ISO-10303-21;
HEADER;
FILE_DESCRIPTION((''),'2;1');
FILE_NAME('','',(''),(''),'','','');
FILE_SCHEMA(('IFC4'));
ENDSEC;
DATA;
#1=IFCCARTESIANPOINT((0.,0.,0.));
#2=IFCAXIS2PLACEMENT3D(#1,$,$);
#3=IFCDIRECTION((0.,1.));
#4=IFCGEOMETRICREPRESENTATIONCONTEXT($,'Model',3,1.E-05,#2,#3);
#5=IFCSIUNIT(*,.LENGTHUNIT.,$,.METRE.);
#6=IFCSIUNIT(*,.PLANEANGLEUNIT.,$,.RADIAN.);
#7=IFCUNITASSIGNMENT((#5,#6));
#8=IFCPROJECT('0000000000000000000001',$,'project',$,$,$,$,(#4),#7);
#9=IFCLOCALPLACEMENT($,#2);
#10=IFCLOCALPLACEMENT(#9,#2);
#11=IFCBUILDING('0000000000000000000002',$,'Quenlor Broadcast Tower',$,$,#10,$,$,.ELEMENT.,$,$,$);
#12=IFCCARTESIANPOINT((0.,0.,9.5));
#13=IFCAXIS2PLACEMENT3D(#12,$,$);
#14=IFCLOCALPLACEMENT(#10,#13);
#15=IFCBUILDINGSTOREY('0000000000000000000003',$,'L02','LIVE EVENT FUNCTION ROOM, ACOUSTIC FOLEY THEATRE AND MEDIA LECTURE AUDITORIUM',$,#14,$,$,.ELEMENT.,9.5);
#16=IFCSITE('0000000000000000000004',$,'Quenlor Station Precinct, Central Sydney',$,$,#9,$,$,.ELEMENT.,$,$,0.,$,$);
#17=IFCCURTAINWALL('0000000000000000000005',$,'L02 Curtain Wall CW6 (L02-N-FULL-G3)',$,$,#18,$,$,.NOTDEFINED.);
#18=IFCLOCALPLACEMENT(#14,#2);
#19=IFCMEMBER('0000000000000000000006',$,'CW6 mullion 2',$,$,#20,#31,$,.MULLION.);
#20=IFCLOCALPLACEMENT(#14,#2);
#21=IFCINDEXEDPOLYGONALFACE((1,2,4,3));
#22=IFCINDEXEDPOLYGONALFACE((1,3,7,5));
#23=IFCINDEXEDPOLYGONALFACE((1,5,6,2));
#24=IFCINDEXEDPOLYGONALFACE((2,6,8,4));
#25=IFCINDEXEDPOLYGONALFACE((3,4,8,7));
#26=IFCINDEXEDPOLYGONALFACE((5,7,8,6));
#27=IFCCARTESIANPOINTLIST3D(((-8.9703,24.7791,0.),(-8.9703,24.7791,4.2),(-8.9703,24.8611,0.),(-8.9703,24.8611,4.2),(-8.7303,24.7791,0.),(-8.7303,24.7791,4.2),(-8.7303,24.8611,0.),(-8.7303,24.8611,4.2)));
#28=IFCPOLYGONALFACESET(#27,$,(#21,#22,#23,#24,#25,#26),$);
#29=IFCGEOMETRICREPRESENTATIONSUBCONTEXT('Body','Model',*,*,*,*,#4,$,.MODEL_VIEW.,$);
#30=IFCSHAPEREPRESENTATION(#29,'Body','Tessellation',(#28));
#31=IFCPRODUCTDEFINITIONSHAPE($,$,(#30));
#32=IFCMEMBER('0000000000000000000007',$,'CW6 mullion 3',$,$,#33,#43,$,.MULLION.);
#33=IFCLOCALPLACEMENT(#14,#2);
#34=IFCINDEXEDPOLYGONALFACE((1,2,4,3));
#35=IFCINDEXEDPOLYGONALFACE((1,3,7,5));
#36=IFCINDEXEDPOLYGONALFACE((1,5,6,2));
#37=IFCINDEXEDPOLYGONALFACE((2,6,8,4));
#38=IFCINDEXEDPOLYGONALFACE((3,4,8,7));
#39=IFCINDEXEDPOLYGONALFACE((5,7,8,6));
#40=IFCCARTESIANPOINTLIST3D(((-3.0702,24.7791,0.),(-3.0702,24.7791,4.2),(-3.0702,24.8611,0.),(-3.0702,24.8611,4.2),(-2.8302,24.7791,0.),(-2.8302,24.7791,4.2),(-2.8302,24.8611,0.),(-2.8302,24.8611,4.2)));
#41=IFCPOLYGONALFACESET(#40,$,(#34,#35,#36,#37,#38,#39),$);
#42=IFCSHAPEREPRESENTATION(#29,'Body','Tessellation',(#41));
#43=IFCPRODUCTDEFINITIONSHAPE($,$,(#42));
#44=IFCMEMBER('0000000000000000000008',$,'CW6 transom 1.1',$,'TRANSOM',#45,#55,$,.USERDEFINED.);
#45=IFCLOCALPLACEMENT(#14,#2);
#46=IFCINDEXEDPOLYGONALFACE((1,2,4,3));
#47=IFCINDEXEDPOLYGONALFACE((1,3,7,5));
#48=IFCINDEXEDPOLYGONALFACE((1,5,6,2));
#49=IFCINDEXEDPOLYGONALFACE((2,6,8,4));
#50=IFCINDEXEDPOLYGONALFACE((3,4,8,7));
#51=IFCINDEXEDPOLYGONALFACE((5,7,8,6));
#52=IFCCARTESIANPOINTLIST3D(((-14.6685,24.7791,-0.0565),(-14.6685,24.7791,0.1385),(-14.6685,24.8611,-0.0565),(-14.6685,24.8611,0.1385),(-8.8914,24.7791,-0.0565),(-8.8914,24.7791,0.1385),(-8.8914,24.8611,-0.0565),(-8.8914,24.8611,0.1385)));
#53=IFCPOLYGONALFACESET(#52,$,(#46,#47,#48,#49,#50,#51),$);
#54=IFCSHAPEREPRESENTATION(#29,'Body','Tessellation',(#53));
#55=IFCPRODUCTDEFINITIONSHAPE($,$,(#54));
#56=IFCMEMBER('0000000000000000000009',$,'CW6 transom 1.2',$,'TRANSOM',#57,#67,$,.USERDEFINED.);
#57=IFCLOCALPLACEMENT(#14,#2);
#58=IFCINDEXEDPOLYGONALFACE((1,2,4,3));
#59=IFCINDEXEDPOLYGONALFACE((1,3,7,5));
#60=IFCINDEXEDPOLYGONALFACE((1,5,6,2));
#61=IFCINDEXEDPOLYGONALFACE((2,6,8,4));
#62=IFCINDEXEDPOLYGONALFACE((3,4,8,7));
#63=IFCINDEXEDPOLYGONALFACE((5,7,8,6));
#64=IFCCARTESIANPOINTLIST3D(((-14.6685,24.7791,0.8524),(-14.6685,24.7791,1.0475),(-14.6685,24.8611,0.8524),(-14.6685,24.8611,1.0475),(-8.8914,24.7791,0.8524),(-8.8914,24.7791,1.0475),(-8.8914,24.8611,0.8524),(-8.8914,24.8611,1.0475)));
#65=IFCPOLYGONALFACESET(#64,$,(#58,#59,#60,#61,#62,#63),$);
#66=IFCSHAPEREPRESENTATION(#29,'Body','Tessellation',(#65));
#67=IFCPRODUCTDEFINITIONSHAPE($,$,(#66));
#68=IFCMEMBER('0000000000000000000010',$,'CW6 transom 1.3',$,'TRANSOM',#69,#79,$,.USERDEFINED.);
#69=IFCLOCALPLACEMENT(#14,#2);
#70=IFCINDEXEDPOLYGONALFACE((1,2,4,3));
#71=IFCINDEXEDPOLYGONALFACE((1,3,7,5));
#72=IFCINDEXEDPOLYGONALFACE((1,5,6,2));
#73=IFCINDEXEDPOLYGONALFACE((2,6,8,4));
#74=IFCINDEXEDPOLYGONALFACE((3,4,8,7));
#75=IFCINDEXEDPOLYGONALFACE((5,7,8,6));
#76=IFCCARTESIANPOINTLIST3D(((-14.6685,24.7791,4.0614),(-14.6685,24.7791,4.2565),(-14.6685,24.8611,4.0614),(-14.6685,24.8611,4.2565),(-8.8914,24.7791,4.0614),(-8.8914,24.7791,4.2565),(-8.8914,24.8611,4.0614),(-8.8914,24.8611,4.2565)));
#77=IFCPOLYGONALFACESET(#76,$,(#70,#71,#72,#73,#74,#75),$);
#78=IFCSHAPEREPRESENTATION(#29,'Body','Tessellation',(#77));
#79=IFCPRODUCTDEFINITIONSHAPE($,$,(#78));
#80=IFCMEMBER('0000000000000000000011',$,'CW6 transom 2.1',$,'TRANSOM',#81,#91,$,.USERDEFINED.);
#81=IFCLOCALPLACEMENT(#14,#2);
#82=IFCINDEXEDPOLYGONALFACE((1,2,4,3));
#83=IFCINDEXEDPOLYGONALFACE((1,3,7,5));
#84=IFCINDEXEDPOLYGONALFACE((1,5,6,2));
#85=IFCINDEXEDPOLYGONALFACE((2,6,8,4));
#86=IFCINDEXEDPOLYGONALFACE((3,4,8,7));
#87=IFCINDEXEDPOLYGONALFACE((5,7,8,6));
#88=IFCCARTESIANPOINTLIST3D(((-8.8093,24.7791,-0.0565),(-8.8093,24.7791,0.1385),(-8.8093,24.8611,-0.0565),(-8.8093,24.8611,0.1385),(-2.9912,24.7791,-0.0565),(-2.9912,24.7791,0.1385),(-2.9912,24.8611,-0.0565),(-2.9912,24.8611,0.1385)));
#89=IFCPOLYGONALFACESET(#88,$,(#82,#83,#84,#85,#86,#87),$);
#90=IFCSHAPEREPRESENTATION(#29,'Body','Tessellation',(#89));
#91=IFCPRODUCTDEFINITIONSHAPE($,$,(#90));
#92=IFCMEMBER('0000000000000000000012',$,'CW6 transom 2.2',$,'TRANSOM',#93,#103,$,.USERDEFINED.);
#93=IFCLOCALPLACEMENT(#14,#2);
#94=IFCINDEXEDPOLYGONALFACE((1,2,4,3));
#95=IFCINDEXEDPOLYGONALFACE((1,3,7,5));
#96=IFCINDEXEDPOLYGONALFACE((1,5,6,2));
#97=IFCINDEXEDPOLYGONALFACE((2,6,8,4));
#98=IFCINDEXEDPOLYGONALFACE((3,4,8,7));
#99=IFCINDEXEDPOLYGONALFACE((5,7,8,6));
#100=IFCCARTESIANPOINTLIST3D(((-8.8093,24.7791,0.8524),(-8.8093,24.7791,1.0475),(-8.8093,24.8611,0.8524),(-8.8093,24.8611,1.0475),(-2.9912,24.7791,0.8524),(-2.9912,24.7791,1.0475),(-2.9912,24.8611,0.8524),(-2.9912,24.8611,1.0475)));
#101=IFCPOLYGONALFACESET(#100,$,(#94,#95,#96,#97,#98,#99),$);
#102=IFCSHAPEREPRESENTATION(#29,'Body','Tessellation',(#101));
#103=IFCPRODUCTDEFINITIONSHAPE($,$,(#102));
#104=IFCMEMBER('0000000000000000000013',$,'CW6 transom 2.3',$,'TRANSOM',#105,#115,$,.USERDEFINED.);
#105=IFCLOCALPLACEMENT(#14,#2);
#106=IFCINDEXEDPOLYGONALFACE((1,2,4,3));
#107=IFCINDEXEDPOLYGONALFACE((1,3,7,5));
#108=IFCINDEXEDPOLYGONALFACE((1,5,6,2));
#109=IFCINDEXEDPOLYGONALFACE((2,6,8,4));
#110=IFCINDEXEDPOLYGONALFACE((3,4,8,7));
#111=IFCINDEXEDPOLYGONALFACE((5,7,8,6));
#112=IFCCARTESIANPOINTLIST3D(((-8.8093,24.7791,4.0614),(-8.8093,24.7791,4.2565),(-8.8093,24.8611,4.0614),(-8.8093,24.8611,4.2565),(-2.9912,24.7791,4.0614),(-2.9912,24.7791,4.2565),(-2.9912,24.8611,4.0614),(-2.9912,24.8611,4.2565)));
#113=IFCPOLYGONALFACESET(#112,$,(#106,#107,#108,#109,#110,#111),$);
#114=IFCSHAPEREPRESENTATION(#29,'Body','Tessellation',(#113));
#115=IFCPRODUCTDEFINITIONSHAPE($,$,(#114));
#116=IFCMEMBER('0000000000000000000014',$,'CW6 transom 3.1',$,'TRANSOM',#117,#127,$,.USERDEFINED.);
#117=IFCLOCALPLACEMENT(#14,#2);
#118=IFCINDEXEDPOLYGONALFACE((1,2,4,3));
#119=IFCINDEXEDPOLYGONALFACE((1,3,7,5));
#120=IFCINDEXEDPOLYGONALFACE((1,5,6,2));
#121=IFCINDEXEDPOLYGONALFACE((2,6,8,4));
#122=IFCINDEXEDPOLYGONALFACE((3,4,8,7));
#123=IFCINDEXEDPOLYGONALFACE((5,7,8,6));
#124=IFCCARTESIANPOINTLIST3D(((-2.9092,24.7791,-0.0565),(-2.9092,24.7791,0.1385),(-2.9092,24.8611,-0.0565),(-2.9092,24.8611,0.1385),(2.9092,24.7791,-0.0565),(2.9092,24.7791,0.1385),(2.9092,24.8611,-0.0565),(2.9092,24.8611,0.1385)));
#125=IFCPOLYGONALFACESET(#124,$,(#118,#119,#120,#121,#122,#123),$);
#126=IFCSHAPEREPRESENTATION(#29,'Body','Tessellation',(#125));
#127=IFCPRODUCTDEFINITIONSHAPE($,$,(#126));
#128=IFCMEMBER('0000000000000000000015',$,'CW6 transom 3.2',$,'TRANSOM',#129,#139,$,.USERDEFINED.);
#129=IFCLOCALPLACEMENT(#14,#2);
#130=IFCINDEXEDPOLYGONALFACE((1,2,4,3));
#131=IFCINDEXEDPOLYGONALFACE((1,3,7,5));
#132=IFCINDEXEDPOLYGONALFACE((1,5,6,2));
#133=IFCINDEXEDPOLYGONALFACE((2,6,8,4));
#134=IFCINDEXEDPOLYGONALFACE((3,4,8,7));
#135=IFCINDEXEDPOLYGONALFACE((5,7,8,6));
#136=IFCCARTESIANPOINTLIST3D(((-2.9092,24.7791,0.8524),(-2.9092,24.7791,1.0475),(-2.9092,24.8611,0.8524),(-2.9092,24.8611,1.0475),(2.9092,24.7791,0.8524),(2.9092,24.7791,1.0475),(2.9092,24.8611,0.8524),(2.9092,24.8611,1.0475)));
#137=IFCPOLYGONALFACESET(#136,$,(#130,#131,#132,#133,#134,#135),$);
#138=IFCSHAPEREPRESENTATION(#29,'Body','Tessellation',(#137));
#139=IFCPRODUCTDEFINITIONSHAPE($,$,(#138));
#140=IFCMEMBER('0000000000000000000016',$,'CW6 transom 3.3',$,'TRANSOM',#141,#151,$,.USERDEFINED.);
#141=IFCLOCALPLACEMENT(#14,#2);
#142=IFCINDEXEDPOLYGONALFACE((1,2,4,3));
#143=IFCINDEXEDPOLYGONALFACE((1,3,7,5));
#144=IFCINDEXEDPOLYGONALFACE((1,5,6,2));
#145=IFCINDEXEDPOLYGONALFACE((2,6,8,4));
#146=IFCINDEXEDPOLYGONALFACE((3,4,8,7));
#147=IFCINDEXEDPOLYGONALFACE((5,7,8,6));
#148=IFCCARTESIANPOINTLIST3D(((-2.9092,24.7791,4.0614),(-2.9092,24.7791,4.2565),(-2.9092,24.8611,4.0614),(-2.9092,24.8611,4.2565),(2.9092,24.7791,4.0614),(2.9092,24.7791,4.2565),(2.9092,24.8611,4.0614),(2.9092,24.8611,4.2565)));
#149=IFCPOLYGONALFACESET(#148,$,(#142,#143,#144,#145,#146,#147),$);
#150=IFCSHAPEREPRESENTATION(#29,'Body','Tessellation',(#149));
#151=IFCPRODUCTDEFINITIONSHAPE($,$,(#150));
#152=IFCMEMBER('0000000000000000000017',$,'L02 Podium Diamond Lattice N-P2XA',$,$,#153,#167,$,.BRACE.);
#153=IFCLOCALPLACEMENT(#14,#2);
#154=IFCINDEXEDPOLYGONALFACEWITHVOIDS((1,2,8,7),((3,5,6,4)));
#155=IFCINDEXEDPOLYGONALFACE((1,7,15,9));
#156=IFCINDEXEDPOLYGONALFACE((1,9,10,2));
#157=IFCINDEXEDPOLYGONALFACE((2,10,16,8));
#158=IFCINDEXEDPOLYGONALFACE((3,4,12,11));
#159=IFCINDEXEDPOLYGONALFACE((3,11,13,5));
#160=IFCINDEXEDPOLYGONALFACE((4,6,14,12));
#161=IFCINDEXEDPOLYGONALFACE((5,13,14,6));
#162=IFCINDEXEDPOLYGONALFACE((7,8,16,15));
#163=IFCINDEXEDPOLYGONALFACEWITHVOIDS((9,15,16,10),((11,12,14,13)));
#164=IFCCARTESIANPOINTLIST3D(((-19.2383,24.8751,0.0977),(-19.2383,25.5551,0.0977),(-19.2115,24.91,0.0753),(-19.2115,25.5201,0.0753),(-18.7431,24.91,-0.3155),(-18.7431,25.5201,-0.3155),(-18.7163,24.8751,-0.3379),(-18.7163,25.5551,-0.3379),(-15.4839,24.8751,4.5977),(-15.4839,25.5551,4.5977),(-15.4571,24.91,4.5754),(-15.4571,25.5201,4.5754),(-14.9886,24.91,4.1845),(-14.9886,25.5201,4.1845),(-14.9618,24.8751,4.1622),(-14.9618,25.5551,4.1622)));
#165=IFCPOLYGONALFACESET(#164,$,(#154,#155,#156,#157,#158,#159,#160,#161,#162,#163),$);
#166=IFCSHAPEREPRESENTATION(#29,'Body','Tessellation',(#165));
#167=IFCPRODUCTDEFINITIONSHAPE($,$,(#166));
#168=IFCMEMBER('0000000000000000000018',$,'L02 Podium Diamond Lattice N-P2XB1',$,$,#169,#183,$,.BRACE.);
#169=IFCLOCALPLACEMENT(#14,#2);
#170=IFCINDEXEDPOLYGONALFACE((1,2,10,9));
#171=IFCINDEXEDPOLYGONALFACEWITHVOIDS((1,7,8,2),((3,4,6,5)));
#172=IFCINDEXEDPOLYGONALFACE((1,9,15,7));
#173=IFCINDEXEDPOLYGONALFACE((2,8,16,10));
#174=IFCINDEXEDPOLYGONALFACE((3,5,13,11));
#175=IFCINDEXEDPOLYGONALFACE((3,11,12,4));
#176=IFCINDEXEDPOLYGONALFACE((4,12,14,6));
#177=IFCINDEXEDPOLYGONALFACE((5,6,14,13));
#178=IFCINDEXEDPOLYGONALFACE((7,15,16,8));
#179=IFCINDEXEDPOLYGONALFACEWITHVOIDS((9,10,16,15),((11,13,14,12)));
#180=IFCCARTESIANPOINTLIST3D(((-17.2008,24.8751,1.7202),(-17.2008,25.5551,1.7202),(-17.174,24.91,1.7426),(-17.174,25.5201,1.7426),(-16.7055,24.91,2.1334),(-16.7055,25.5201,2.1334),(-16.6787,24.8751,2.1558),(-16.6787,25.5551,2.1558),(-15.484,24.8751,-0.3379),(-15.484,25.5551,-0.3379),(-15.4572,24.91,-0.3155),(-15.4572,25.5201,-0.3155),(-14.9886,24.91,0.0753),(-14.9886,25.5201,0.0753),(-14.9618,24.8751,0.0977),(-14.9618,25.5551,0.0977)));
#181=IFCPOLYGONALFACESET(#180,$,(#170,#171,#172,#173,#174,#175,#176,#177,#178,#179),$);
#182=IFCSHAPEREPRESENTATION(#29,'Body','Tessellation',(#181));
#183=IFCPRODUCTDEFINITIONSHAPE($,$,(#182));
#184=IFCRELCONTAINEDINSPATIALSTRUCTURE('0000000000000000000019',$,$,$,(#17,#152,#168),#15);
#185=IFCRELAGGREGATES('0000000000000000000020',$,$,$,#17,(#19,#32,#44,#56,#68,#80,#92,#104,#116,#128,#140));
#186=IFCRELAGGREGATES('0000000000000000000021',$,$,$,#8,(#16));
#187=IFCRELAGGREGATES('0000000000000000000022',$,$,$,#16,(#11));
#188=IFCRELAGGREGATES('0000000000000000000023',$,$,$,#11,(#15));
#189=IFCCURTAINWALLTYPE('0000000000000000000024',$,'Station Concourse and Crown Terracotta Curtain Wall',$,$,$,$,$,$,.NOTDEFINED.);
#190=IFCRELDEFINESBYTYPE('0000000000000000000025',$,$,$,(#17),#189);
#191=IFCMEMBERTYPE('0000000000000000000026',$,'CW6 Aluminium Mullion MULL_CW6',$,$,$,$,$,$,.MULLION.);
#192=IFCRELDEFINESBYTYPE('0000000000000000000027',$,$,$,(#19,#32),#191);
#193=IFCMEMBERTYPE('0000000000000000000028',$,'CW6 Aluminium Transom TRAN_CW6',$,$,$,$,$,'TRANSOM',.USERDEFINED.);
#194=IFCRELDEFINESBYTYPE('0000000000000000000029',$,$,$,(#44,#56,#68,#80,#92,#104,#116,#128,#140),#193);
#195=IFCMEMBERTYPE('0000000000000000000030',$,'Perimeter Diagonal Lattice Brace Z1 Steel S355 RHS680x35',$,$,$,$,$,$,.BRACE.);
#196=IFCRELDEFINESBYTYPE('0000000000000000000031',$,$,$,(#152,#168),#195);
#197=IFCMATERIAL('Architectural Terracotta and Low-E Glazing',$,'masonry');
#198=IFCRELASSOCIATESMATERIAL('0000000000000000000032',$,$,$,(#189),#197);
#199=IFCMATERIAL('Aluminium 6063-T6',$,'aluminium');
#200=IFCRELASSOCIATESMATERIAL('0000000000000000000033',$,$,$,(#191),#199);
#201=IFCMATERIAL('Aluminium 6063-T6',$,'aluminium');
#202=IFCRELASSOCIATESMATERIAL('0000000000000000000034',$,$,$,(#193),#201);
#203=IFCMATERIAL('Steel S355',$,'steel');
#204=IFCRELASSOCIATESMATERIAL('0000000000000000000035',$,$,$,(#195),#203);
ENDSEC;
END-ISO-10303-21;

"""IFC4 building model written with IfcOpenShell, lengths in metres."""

from ifc_helpers import new_model, si_unit, direction, frame, origin, origin_2d, place, context, subcontext, project, spatial, rectangle, hollow_rectangle, extrude, material, material_profile, profile_set, type_object, element, aggregate, save


model = new_model("IFC4")

# Units and contexts
model_context = context("Model", 3, precision=1e-05, world=origin(), true_north=direction((0.0, 1.0)))
body_context = subcontext(model_context, "Body", "Model", "MODEL_VIEW")
ifc_project = project(units=[si_unit("LENGTHUNIT", "METRE"), si_unit("PLANEANGLEUNIT", "RADIAN")], contexts=[model_context])

# Site, building, storey
site_placement = place(None, origin())
site = spatial("IfcSite", under=ifc_project, at=site_placement, Name="Quenlor Station Precinct, Central Sydney", CompositionType="ELEMENT", RefElevation=0.0)
building_placement = place(site_placement, origin())
building = spatial("IfcBuilding", under=site, at=building_placement, Name="Quenlor Broadcast Tower", CompositionType="ELEMENT")
storey_placement = place(building_placement, frame((0.0, 0.0, 9.5)))
storey = spatial("IfcBuildingStorey", under=building, at=storey_placement, Name="L02", Description="LIVE EVENT FUNCTION ROOM, ACOUSTIC FOLEY THEATRE AND MEDIA LECTURE AUDITORIUM", CompositionType="ELEMENT", Elevation=9.5)

# Curtain wall, members
ifc_material_1 = material(Name="Architectural Terracotta and Low-E Glazing", Category="masonry")
curtain_wall_type = type_object("IfcCurtainWallType", Name="Station Concourse and Crown Terracotta Curtain Wall", PredefinedType="NOTDEFINED", material=ifc_material_1)
curtain_wall_placement = place(storey_placement, origin())
curtain_wall = element("IfcCurtainWall", 1, at=curtain_wall_placement, inside=storey, type_object=curtain_wall_type, Name="L02 Curtain Wall CW6 (L02-N-FULL-G3)", PredefinedType="NOTDEFINED")
ifc_material_2 = material(Name="Aluminium 6063-T6", Category="aluminium")
ifc_material_profile_1 = material_profile(ifc_material_2, rectangle(XDim=0.082, YDim=0.24, at=origin_2d()))
ifc_profile_set_1 = profile_set([ifc_material_profile_1], Name="Aluminium 6063-T6 MULL82x240")
member_type_1 = type_object("IfcMemberType", Name="CW6 Aluminium Mullion MULL_CW6", PredefinedType="MULLION", material=ifc_profile_set_1)
member_1_placement = place(storey_placement, frame((-8.8503, 24.8201, 0.0), z_axis=(0.0, 0.0, 1.0), x_axis=(0.0, 1.0, 0.0)))
member_1 = element("IfcMember", 2, at=member_1_placement, type_object=member_type_1, Name="CW6 mullion 2", PredefinedType="MULLION", context=body_context, shape_type="SweptSolid", body=[
    extrude(rectangle(XDim=0.082, YDim=0.24, at=origin_2d()), origin(), (0.0, 0.0, 1.0), 4.2),
])
member_2_placement = place(storey_placement, frame((-2.9502, 24.8201, 0.0), z_axis=(0.0, 0.0, 1.0), x_axis=(0.0, 1.0, 0.0)))
member_2 = element("IfcMember", 3, at=member_2_placement, type_object=member_type_1, Name="CW6 mullion 3", PredefinedType="MULLION", context=body_context, shape_type="SweptSolid", body=[
    extrude(rectangle(XDim=0.082, YDim=0.24, at=origin_2d()), origin(), (0.0, 0.0, 1.0), 4.2),
])
ifc_material_3 = material(Name="Aluminium 6063-T6", Category="aluminium")
ifc_material_profile_2 = material_profile(ifc_material_3, rectangle(XDim=0.082, YDim=0.1951, at=origin_2d()))
ifc_profile_set_2 = profile_set([ifc_material_profile_2], Name="Aluminium 6063-T6 TRAN82x195")
member_type_2 = type_object("IfcMemberType", Name="CW6 Aluminium Transom TRAN_CW6", ElementType="TRANSOM", PredefinedType="USERDEFINED", material=ifc_profile_set_2)
member_3_placement = place(storey_placement, frame((-14.6685, 24.8201, 0.041), z_axis=(1.0, 0.0, 0.0), x_axis=(0.0, 1.0, 0.0)))
member_3 = element("IfcMember", 4, at=member_3_placement, type_object=member_type_2, Name="CW6 transom 1.1", ObjectType="TRANSOM", PredefinedType="USERDEFINED", context=body_context, shape_type="SweptSolid", body=[
    extrude(rectangle(XDim=0.082, YDim=0.1951, at=origin_2d()), origin(), (0.0, 0.0, 1.0), 5.7771),
])
member_4_placement = place(storey_placement, frame((-14.6685, 24.8201, 0.95), z_axis=(1.0, 0.0, 0.0), x_axis=(0.0, 1.0, 0.0)))
member_4 = element("IfcMember", 5, at=member_4_placement, type_object=member_type_2, Name="CW6 transom 1.2", ObjectType="TRANSOM", PredefinedType="USERDEFINED", context=body_context, shape_type="SweptSolid", body=[
    extrude(rectangle(XDim=0.082, YDim=0.1951, at=origin_2d()), origin(), (0.0, 0.0, 1.0), 5.7771),
])
member_5_placement = place(storey_placement, frame((-14.6685, 24.8201, 4.1589), z_axis=(1.0, 0.0, 0.0), x_axis=(0.0, 1.0, 0.0)))
member_5 = element("IfcMember", 6, at=member_5_placement, type_object=member_type_2, Name="CW6 transom 1.3", ObjectType="TRANSOM", PredefinedType="USERDEFINED", context=body_context, shape_type="SweptSolid", body=[
    extrude(rectangle(XDim=0.082, YDim=0.1951, at=origin_2d()), origin(), (0.0, 0.0, 1.0), 5.7771),
])
member_6_placement = place(storey_placement, frame((-8.8093, 24.8201, 0.041), z_axis=(1.0, 0.0, 0.0), x_axis=(0.0, 1.0, 0.0)))
member_6 = element("IfcMember", 7, at=member_6_placement, type_object=member_type_2, Name="CW6 transom 2.1", ObjectType="TRANSOM", PredefinedType="USERDEFINED", context=body_context, shape_type="SweptSolid", body=[
    extrude(rectangle(XDim=0.082, YDim=0.1951, at=origin_2d()), origin(), (0.0, 0.0, 1.0), 5.8181),
])
member_7_placement = place(storey_placement, frame((-8.8093, 24.8201, 0.95), z_axis=(1.0, 0.0, 0.0), x_axis=(0.0, 1.0, 0.0)))
member_7 = element("IfcMember", 8, at=member_7_placement, type_object=member_type_2, Name="CW6 transom 2.2", ObjectType="TRANSOM", PredefinedType="USERDEFINED", context=body_context, shape_type="SweptSolid", body=[
    extrude(rectangle(XDim=0.082, YDim=0.1951, at=origin_2d()), origin(), (0.0, 0.0, 1.0), 5.8181),
])
member_8_placement = place(storey_placement, frame((-8.8093, 24.8201, 4.1589), z_axis=(1.0, 0.0, 0.0), x_axis=(0.0, 1.0, 0.0)))
member_8 = element("IfcMember", 9, at=member_8_placement, type_object=member_type_2, Name="CW6 transom 2.3", ObjectType="TRANSOM", PredefinedType="USERDEFINED", context=body_context, shape_type="SweptSolid", body=[
    extrude(rectangle(XDim=0.082, YDim=0.1951, at=origin_2d()), origin(), (0.0, 0.0, 1.0), 5.8181),
])
member_9_placement = place(storey_placement, frame((-2.9092, 24.8201, 0.041), z_axis=(1.0, 0.0, 0.0), x_axis=(0.0, 1.0, 0.0)))
member_9 = element("IfcMember", 10, at=member_9_placement, type_object=member_type_2, Name="CW6 transom 3.1", ObjectType="TRANSOM", PredefinedType="USERDEFINED", context=body_context, shape_type="SweptSolid", body=[
    extrude(rectangle(XDim=0.082, YDim=0.1951, at=origin_2d()), origin(), (0.0, 0.0, 1.0), 5.8184),
])
member_10_placement = place(storey_placement, frame((-2.9092, 24.8201, 0.95), z_axis=(1.0, 0.0, 0.0), x_axis=(0.0, 1.0, 0.0)))
member_10 = element("IfcMember", 11, at=member_10_placement, type_object=member_type_2, Name="CW6 transom 3.2", ObjectType="TRANSOM", PredefinedType="USERDEFINED", context=body_context, shape_type="SweptSolid", body=[
    extrude(rectangle(XDim=0.082, YDim=0.1951, at=origin_2d()), origin(), (0.0, 0.0, 1.0), 5.8184),
])
member_11_placement = place(storey_placement, frame((-2.9092, 24.8201, 4.1589), z_axis=(1.0, 0.0, 0.0), x_axis=(0.0, 1.0, 0.0)))
member_11 = element("IfcMember", 12, at=member_11_placement, type_object=member_type_2, Name="CW6 transom 3.3", ObjectType="TRANSOM", PredefinedType="USERDEFINED", context=body_context, shape_type="SweptSolid", body=[
    extrude(rectangle(XDim=0.082, YDim=0.1951, at=origin_2d()), origin(), (0.0, 0.0, 1.0), 5.8184),
])

# Members
ifc_material_4 = material(Name="Steel S355", Category="steel")
ifc_material_profile_3 = material_profile(ifc_material_4, hollow_rectangle(XDim=0.6799, YDim=0.6799, WallThickness=0.0349, at=origin_2d()))
ifc_profile_set_3 = profile_set([ifc_material_profile_3], Name="Steel S355 RHS680x680x35")
member_type_3 = type_object("IfcMemberType", Name="Perimeter Diagonal Lattice Brace Z1 Steel S355 RHS680x35", PredefinedType="BRACE", material=ifc_profile_set_3)
member_12_placement = place(storey_placement, frame((-18.9773, 25.2151, -0.1201), z_axis=(0.640627, 0.0, 0.767852), x_axis=(0.0, 1.0, 0.0)))
element("IfcMember", 13, at=member_12_placement, inside=storey, type_object=member_type_3, Name="L02 Podium Diamond Lattice N-P2XA", PredefinedType="BRACE", context=body_context, shape_type="SweptSolid", body=[
    extrude(hollow_rectangle(XDim=0.6799, YDim=0.6799, WallThickness=0.0349, at=origin_2d()), origin(), (0.0, 0.0, 1.0), 5.8606),
])
for number, where, z_axis, x_axis, name in (
    (14, (-15.2229, 25.2151, -0.1201), (-0.640561, 0.0, 0.767908), (0.0, -1.0, 0.0), "L02 Podium Diamond Lattice N-P2XB1"),
):
    element("IfcMember", number, at=place(storey_placement, frame(where, z_axis=z_axis, x_axis=x_axis)), inside=storey, type_object=member_type_3, Name=name, PredefinedType="BRACE", context=body_context, shape_type="SweptSolid", body=[
        extrude(hollow_rectangle(XDim=0.6799, YDim=0.6799, WallThickness=0.0349, at=origin_2d()), origin(), (0.0, 0.0, 1.0), 2.6802),
    ])

aggregate(curtain_wall, [member_1, member_2, member_3, member_4, member_5, member_6, member_7, member_8, member_9, member_10, member_11])

save(model, "model.ifc")
